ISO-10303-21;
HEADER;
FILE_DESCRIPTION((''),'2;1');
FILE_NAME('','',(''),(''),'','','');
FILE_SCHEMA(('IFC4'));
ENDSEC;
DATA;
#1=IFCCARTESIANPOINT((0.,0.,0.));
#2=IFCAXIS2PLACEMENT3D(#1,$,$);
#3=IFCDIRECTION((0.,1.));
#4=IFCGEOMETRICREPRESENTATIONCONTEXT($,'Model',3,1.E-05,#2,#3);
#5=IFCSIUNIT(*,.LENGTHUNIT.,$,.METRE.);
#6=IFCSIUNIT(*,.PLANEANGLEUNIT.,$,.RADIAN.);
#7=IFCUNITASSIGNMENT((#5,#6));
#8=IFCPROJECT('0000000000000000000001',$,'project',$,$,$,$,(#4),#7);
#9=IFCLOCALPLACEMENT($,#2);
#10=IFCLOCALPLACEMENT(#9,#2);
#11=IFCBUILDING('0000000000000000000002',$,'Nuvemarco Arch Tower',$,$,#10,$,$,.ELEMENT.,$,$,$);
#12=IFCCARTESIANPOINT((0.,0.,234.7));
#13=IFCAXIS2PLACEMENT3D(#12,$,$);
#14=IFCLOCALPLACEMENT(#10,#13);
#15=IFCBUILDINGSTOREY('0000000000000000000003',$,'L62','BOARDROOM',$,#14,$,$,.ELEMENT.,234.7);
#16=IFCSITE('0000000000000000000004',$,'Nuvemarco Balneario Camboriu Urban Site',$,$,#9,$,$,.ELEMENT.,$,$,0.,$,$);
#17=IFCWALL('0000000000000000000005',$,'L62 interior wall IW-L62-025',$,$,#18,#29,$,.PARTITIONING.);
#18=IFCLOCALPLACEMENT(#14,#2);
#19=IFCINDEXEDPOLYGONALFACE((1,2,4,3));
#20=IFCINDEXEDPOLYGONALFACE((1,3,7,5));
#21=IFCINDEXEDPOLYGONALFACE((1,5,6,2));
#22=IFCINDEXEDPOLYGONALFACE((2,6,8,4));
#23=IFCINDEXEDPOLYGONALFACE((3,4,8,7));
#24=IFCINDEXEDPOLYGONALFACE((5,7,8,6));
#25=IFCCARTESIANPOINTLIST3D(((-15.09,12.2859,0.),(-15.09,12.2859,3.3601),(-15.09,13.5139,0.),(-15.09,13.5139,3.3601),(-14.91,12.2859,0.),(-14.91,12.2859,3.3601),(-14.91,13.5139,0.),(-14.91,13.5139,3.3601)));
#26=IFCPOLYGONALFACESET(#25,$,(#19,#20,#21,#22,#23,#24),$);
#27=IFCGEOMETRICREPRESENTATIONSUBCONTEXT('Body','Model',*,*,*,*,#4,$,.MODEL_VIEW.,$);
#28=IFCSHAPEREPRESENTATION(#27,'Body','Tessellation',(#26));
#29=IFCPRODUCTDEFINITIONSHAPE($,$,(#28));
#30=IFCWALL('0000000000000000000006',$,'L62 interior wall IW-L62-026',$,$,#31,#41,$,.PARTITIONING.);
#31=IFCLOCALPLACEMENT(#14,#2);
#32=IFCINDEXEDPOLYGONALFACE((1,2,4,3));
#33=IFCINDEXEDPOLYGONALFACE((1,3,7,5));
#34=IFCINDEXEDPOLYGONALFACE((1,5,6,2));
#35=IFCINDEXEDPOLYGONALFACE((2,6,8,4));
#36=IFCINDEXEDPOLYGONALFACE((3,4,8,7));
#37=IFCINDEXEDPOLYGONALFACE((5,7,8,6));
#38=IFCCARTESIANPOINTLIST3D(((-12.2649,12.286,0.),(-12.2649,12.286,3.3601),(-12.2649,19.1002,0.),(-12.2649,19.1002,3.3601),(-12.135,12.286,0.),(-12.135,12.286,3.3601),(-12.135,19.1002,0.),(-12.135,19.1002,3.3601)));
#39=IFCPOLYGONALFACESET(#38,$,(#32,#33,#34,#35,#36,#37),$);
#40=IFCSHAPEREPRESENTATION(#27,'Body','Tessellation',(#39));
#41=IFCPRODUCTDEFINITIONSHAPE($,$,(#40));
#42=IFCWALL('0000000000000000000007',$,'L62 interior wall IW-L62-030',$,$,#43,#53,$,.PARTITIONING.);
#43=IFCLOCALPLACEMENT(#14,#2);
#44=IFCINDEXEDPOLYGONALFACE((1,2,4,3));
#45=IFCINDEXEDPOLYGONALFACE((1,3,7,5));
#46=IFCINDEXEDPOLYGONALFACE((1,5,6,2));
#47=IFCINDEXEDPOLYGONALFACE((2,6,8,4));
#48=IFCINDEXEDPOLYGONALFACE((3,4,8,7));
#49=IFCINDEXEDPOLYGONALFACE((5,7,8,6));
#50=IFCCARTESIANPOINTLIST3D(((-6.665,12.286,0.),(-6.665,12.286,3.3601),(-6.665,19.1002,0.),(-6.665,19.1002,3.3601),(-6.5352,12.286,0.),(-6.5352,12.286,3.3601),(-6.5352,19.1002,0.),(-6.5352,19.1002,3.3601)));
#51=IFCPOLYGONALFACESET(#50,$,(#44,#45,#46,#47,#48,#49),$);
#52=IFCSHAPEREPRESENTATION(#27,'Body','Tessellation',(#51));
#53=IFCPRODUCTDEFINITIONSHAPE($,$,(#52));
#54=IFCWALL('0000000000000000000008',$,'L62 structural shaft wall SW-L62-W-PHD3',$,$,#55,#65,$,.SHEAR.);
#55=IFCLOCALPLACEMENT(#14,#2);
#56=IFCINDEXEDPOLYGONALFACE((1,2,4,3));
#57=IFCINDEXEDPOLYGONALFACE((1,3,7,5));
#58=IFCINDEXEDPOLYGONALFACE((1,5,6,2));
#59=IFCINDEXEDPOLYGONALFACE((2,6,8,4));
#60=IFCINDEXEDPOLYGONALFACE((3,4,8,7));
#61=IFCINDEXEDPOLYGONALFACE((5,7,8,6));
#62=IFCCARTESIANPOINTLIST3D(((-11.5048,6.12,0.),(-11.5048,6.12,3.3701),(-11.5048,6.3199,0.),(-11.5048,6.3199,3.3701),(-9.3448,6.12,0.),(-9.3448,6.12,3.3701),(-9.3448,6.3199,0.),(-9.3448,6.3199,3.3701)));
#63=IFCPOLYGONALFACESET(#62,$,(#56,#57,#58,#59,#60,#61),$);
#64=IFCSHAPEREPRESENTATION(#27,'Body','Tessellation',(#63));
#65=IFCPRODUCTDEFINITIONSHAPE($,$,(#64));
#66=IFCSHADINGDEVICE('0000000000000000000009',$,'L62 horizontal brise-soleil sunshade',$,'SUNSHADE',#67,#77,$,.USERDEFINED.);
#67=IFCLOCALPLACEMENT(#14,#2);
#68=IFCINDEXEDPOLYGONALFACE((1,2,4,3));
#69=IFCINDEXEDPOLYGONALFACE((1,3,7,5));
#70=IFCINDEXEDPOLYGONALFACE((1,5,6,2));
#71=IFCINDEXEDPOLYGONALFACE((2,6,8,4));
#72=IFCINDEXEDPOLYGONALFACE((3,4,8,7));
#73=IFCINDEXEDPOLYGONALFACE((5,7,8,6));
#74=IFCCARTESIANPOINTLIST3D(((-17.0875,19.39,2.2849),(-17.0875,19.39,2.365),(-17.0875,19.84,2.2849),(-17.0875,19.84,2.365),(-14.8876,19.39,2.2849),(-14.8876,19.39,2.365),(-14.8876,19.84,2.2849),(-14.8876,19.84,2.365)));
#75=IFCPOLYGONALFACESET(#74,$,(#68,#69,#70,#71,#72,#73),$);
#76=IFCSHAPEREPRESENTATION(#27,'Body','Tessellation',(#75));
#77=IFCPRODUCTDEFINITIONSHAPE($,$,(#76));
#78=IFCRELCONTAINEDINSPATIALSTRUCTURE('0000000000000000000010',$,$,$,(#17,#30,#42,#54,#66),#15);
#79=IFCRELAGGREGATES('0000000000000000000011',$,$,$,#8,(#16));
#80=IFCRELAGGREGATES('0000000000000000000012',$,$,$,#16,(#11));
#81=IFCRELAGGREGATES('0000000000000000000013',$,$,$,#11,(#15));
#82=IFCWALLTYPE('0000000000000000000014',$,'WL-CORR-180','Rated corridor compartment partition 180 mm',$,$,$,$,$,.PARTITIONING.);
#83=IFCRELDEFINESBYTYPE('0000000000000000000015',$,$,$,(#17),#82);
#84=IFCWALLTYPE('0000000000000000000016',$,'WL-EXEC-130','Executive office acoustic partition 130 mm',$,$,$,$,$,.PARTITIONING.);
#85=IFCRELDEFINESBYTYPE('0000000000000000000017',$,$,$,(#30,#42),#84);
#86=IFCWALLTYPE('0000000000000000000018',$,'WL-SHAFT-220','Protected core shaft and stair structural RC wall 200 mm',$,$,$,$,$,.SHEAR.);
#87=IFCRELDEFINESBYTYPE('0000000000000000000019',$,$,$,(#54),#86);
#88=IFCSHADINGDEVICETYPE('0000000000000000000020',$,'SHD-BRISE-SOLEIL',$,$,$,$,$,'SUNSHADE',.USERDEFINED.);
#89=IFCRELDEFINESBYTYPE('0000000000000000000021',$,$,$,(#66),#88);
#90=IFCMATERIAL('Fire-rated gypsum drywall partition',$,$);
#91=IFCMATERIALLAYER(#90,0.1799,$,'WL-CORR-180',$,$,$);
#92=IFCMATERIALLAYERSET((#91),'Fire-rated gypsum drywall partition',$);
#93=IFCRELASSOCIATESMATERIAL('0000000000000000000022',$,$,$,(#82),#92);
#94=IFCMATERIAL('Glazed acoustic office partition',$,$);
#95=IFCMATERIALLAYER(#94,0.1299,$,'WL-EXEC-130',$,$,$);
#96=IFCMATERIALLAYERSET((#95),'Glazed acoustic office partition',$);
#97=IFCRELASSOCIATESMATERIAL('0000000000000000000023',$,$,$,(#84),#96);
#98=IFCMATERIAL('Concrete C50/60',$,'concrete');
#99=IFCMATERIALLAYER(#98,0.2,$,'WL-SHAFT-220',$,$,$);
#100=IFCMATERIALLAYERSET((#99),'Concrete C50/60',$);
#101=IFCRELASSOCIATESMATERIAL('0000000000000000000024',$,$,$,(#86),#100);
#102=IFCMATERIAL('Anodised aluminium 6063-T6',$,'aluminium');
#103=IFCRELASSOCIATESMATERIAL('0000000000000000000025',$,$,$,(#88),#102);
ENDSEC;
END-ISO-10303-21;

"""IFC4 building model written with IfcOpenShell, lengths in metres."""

from ifc_helpers import new_model, si_unit, direction, frame, frame_2d, origin, origin_2d, place, context, subcontext, project, spatial, rectangle, extrude, source, transform, mapped, material, layer, layer_set, type_object, type_shapes, element, save


model = new_model("IFC4")

# Units and contexts
model_context = context("Model", 3, precision=1e-05, world=origin(), true_north=direction((0.0, 1.0)))
body_context = subcontext(model_context, "Body", "Model", "MODEL_VIEW")
ifc_project = project(units=[si_unit("LENGTHUNIT", "METRE"), si_unit("PLANEANGLEUNIT", "RADIAN")], contexts=[model_context])

# Site, building, storey
site_placement = place(None, origin())
site = spatial("IfcSite", under=ifc_project, at=site_placement, Name="Nuvemarco Balneario Camboriu Urban Site", CompositionType="ELEMENT", RefElevation=0.0)
building_placement = place(site_placement, origin())
building = spatial("IfcBuilding", under=site, at=building_placement, Name="Nuvemarco Arch Tower", CompositionType="ELEMENT")
storey_placement = place(building_placement, frame((0.0, 0.0, 234.7)))
storey = spatial("IfcBuildingStorey", under=building, at=storey_placement, Name="L62", Description="BOARDROOM", CompositionType="ELEMENT", Elevation=234.7)

# Shared definitions
ifc_material_1 = material(Name="Concrete C50/60", Category="concrete")

# Shared definitions
ifc_material_2 = material(Name="Fire-rated gypsum drywall partition")
ifc_layer_1 = layer(ifc_material_2, 0.1799, Name="WL-CORR-180")
ifc_layer_set_1 = layer_set([ifc_layer_1], Name="Fire-rated gypsum drywall partition")
wall_type_1 = type_object("IfcWallType", Name="WL-CORR-180", Description="Rated corridor compartment partition 180 mm", PredefinedType="PARTITIONING", material=ifc_layer_set_1)

# Walls
wall_1_placement = place(storey_placement, frame((-15.0, 12.2859, 0.0), z_axis=(0.0, 0.0, 1.0), x_axis=(0.0, 1.0, 0.0)))
element("IfcWall", 1, at=wall_1_placement, inside=storey, type_object=wall_type_1, Name="L62 interior wall IW-L62-025", PredefinedType="PARTITIONING", context=body_context, shape_type="SweptSolid", body=[
    extrude(rectangle(XDim=1.228, YDim=0.1799, at=frame_2d((0.614, 0.0))), origin(), (0.0, 0.0, 1.0), 3.3601),
])
ifc_material_3 = material(Name="Glazed acoustic office partition")
ifc_layer_2 = layer(ifc_material_3, 0.1299, Name="WL-EXEC-130")
ifc_layer_set_2 = layer_set([ifc_layer_2], Name="Glazed acoustic office partition")
wall_type_2 = type_object("IfcWallType", Name="WL-EXEC-130", Description="Executive office acoustic partition 130 mm", PredefinedType="PARTITIONING", material=ifc_layer_set_2)
for number, where, z_axis, x_axis, name in (
    (2, (-12.2, 12.2859, 0.0), (0.0, 0.0, 1.0), (0.0, 1.0, 0.0), "L62 interior wall IW-L62-026"),
    (3, (-6.6001, 12.2859, 0.0), (0.0, 0.0, 1.0), (0.0, 1.0, 0.0), "L62 interior wall IW-L62-030"),
):
    element("IfcWall", number, at=place(storey_placement, frame(where, z_axis=z_axis, x_axis=x_axis)), inside=storey, type_object=wall_type_2, Name=name, PredefinedType="PARTITIONING", context=body_context, shape_type="SweptSolid", body=[
        extrude(rectangle(XDim=6.8142, YDim=0.1299, at=frame_2d((3.4072, 0.0))), origin(), (0.0, 0.0, 1.0), 3.3601),
    ])
ifc_layer_3 = layer(ifc_material_1, 0.2, Name="WL-SHAFT-220")
ifc_layer_set_3 = layer_set([ifc_layer_3], Name="Concrete C50/60")
wall_type_3 = type_object("IfcWallType", Name="WL-SHAFT-220", Description="Protected core shaft and stair structural RC wall 200 mm", PredefinedType="SHEAR", material=ifc_layer_set_3)
wall_2_placement = place(storey_placement, frame((-11.5049, 6.22, 0.0), z_axis=(0.0, 0.0, 1.0), x_axis=(1.0, 0.0, 0.0)))
element("IfcWall", 4, at=wall_2_placement, inside=storey, type_object=wall_type_3, Name="L62 structural shaft wall SW-L62-W-PHD3", PredefinedType="SHEAR", context=body_context, shape_type="SweptSolid", body=[
    extrude(rectangle(XDim=2.1599, YDim=0.2, at=frame_2d((1.0801, 0.0))), origin(), (0.0, 0.0, 1.0), 3.3701),
])

# Shading device
ifc_material_4 = material(Name="Anodised aluminium 6063-T6", Category="aluminium")
shading_device_type = type_object("IfcShadingDeviceType", Name="SHD-BRISE-SOLEIL", ElementType="SUNSHADE", PredefinedType="USERDEFINED", material=ifc_material_4)
shared_shape_1 = source(origin(), body_context, "Body", "SweptSolid", [
    extrude(rectangle(XDim=2.2, YDim=0.45, at=origin_2d()), origin(), (0.0, 0.0, 1.0), 0.0801),
])
type_shapes(shading_device_type, [shared_shape_1])
shading_device_placement = place(storey_placement, frame((-15.9875, 19.615, 2.2849), z_axis=(0.0, 0.0, 1.0), x_axis=(1.0, 0.0, 0.0)))
element("IfcShadingDevice", 5, at=shading_device_placement, inside=storey, type_object=shading_device_type, Name="L62 horizontal brise-soleil sunshade", ObjectType="SUNSHADE", PredefinedType="USERDEFINED", context=body_context, shape_type="MappedRepresentation", body=[
    mapped(shared_shape_1, transform((0.0, 0.0, 0.0), scale=1.0)),
])

save(model, "model.ifc")
